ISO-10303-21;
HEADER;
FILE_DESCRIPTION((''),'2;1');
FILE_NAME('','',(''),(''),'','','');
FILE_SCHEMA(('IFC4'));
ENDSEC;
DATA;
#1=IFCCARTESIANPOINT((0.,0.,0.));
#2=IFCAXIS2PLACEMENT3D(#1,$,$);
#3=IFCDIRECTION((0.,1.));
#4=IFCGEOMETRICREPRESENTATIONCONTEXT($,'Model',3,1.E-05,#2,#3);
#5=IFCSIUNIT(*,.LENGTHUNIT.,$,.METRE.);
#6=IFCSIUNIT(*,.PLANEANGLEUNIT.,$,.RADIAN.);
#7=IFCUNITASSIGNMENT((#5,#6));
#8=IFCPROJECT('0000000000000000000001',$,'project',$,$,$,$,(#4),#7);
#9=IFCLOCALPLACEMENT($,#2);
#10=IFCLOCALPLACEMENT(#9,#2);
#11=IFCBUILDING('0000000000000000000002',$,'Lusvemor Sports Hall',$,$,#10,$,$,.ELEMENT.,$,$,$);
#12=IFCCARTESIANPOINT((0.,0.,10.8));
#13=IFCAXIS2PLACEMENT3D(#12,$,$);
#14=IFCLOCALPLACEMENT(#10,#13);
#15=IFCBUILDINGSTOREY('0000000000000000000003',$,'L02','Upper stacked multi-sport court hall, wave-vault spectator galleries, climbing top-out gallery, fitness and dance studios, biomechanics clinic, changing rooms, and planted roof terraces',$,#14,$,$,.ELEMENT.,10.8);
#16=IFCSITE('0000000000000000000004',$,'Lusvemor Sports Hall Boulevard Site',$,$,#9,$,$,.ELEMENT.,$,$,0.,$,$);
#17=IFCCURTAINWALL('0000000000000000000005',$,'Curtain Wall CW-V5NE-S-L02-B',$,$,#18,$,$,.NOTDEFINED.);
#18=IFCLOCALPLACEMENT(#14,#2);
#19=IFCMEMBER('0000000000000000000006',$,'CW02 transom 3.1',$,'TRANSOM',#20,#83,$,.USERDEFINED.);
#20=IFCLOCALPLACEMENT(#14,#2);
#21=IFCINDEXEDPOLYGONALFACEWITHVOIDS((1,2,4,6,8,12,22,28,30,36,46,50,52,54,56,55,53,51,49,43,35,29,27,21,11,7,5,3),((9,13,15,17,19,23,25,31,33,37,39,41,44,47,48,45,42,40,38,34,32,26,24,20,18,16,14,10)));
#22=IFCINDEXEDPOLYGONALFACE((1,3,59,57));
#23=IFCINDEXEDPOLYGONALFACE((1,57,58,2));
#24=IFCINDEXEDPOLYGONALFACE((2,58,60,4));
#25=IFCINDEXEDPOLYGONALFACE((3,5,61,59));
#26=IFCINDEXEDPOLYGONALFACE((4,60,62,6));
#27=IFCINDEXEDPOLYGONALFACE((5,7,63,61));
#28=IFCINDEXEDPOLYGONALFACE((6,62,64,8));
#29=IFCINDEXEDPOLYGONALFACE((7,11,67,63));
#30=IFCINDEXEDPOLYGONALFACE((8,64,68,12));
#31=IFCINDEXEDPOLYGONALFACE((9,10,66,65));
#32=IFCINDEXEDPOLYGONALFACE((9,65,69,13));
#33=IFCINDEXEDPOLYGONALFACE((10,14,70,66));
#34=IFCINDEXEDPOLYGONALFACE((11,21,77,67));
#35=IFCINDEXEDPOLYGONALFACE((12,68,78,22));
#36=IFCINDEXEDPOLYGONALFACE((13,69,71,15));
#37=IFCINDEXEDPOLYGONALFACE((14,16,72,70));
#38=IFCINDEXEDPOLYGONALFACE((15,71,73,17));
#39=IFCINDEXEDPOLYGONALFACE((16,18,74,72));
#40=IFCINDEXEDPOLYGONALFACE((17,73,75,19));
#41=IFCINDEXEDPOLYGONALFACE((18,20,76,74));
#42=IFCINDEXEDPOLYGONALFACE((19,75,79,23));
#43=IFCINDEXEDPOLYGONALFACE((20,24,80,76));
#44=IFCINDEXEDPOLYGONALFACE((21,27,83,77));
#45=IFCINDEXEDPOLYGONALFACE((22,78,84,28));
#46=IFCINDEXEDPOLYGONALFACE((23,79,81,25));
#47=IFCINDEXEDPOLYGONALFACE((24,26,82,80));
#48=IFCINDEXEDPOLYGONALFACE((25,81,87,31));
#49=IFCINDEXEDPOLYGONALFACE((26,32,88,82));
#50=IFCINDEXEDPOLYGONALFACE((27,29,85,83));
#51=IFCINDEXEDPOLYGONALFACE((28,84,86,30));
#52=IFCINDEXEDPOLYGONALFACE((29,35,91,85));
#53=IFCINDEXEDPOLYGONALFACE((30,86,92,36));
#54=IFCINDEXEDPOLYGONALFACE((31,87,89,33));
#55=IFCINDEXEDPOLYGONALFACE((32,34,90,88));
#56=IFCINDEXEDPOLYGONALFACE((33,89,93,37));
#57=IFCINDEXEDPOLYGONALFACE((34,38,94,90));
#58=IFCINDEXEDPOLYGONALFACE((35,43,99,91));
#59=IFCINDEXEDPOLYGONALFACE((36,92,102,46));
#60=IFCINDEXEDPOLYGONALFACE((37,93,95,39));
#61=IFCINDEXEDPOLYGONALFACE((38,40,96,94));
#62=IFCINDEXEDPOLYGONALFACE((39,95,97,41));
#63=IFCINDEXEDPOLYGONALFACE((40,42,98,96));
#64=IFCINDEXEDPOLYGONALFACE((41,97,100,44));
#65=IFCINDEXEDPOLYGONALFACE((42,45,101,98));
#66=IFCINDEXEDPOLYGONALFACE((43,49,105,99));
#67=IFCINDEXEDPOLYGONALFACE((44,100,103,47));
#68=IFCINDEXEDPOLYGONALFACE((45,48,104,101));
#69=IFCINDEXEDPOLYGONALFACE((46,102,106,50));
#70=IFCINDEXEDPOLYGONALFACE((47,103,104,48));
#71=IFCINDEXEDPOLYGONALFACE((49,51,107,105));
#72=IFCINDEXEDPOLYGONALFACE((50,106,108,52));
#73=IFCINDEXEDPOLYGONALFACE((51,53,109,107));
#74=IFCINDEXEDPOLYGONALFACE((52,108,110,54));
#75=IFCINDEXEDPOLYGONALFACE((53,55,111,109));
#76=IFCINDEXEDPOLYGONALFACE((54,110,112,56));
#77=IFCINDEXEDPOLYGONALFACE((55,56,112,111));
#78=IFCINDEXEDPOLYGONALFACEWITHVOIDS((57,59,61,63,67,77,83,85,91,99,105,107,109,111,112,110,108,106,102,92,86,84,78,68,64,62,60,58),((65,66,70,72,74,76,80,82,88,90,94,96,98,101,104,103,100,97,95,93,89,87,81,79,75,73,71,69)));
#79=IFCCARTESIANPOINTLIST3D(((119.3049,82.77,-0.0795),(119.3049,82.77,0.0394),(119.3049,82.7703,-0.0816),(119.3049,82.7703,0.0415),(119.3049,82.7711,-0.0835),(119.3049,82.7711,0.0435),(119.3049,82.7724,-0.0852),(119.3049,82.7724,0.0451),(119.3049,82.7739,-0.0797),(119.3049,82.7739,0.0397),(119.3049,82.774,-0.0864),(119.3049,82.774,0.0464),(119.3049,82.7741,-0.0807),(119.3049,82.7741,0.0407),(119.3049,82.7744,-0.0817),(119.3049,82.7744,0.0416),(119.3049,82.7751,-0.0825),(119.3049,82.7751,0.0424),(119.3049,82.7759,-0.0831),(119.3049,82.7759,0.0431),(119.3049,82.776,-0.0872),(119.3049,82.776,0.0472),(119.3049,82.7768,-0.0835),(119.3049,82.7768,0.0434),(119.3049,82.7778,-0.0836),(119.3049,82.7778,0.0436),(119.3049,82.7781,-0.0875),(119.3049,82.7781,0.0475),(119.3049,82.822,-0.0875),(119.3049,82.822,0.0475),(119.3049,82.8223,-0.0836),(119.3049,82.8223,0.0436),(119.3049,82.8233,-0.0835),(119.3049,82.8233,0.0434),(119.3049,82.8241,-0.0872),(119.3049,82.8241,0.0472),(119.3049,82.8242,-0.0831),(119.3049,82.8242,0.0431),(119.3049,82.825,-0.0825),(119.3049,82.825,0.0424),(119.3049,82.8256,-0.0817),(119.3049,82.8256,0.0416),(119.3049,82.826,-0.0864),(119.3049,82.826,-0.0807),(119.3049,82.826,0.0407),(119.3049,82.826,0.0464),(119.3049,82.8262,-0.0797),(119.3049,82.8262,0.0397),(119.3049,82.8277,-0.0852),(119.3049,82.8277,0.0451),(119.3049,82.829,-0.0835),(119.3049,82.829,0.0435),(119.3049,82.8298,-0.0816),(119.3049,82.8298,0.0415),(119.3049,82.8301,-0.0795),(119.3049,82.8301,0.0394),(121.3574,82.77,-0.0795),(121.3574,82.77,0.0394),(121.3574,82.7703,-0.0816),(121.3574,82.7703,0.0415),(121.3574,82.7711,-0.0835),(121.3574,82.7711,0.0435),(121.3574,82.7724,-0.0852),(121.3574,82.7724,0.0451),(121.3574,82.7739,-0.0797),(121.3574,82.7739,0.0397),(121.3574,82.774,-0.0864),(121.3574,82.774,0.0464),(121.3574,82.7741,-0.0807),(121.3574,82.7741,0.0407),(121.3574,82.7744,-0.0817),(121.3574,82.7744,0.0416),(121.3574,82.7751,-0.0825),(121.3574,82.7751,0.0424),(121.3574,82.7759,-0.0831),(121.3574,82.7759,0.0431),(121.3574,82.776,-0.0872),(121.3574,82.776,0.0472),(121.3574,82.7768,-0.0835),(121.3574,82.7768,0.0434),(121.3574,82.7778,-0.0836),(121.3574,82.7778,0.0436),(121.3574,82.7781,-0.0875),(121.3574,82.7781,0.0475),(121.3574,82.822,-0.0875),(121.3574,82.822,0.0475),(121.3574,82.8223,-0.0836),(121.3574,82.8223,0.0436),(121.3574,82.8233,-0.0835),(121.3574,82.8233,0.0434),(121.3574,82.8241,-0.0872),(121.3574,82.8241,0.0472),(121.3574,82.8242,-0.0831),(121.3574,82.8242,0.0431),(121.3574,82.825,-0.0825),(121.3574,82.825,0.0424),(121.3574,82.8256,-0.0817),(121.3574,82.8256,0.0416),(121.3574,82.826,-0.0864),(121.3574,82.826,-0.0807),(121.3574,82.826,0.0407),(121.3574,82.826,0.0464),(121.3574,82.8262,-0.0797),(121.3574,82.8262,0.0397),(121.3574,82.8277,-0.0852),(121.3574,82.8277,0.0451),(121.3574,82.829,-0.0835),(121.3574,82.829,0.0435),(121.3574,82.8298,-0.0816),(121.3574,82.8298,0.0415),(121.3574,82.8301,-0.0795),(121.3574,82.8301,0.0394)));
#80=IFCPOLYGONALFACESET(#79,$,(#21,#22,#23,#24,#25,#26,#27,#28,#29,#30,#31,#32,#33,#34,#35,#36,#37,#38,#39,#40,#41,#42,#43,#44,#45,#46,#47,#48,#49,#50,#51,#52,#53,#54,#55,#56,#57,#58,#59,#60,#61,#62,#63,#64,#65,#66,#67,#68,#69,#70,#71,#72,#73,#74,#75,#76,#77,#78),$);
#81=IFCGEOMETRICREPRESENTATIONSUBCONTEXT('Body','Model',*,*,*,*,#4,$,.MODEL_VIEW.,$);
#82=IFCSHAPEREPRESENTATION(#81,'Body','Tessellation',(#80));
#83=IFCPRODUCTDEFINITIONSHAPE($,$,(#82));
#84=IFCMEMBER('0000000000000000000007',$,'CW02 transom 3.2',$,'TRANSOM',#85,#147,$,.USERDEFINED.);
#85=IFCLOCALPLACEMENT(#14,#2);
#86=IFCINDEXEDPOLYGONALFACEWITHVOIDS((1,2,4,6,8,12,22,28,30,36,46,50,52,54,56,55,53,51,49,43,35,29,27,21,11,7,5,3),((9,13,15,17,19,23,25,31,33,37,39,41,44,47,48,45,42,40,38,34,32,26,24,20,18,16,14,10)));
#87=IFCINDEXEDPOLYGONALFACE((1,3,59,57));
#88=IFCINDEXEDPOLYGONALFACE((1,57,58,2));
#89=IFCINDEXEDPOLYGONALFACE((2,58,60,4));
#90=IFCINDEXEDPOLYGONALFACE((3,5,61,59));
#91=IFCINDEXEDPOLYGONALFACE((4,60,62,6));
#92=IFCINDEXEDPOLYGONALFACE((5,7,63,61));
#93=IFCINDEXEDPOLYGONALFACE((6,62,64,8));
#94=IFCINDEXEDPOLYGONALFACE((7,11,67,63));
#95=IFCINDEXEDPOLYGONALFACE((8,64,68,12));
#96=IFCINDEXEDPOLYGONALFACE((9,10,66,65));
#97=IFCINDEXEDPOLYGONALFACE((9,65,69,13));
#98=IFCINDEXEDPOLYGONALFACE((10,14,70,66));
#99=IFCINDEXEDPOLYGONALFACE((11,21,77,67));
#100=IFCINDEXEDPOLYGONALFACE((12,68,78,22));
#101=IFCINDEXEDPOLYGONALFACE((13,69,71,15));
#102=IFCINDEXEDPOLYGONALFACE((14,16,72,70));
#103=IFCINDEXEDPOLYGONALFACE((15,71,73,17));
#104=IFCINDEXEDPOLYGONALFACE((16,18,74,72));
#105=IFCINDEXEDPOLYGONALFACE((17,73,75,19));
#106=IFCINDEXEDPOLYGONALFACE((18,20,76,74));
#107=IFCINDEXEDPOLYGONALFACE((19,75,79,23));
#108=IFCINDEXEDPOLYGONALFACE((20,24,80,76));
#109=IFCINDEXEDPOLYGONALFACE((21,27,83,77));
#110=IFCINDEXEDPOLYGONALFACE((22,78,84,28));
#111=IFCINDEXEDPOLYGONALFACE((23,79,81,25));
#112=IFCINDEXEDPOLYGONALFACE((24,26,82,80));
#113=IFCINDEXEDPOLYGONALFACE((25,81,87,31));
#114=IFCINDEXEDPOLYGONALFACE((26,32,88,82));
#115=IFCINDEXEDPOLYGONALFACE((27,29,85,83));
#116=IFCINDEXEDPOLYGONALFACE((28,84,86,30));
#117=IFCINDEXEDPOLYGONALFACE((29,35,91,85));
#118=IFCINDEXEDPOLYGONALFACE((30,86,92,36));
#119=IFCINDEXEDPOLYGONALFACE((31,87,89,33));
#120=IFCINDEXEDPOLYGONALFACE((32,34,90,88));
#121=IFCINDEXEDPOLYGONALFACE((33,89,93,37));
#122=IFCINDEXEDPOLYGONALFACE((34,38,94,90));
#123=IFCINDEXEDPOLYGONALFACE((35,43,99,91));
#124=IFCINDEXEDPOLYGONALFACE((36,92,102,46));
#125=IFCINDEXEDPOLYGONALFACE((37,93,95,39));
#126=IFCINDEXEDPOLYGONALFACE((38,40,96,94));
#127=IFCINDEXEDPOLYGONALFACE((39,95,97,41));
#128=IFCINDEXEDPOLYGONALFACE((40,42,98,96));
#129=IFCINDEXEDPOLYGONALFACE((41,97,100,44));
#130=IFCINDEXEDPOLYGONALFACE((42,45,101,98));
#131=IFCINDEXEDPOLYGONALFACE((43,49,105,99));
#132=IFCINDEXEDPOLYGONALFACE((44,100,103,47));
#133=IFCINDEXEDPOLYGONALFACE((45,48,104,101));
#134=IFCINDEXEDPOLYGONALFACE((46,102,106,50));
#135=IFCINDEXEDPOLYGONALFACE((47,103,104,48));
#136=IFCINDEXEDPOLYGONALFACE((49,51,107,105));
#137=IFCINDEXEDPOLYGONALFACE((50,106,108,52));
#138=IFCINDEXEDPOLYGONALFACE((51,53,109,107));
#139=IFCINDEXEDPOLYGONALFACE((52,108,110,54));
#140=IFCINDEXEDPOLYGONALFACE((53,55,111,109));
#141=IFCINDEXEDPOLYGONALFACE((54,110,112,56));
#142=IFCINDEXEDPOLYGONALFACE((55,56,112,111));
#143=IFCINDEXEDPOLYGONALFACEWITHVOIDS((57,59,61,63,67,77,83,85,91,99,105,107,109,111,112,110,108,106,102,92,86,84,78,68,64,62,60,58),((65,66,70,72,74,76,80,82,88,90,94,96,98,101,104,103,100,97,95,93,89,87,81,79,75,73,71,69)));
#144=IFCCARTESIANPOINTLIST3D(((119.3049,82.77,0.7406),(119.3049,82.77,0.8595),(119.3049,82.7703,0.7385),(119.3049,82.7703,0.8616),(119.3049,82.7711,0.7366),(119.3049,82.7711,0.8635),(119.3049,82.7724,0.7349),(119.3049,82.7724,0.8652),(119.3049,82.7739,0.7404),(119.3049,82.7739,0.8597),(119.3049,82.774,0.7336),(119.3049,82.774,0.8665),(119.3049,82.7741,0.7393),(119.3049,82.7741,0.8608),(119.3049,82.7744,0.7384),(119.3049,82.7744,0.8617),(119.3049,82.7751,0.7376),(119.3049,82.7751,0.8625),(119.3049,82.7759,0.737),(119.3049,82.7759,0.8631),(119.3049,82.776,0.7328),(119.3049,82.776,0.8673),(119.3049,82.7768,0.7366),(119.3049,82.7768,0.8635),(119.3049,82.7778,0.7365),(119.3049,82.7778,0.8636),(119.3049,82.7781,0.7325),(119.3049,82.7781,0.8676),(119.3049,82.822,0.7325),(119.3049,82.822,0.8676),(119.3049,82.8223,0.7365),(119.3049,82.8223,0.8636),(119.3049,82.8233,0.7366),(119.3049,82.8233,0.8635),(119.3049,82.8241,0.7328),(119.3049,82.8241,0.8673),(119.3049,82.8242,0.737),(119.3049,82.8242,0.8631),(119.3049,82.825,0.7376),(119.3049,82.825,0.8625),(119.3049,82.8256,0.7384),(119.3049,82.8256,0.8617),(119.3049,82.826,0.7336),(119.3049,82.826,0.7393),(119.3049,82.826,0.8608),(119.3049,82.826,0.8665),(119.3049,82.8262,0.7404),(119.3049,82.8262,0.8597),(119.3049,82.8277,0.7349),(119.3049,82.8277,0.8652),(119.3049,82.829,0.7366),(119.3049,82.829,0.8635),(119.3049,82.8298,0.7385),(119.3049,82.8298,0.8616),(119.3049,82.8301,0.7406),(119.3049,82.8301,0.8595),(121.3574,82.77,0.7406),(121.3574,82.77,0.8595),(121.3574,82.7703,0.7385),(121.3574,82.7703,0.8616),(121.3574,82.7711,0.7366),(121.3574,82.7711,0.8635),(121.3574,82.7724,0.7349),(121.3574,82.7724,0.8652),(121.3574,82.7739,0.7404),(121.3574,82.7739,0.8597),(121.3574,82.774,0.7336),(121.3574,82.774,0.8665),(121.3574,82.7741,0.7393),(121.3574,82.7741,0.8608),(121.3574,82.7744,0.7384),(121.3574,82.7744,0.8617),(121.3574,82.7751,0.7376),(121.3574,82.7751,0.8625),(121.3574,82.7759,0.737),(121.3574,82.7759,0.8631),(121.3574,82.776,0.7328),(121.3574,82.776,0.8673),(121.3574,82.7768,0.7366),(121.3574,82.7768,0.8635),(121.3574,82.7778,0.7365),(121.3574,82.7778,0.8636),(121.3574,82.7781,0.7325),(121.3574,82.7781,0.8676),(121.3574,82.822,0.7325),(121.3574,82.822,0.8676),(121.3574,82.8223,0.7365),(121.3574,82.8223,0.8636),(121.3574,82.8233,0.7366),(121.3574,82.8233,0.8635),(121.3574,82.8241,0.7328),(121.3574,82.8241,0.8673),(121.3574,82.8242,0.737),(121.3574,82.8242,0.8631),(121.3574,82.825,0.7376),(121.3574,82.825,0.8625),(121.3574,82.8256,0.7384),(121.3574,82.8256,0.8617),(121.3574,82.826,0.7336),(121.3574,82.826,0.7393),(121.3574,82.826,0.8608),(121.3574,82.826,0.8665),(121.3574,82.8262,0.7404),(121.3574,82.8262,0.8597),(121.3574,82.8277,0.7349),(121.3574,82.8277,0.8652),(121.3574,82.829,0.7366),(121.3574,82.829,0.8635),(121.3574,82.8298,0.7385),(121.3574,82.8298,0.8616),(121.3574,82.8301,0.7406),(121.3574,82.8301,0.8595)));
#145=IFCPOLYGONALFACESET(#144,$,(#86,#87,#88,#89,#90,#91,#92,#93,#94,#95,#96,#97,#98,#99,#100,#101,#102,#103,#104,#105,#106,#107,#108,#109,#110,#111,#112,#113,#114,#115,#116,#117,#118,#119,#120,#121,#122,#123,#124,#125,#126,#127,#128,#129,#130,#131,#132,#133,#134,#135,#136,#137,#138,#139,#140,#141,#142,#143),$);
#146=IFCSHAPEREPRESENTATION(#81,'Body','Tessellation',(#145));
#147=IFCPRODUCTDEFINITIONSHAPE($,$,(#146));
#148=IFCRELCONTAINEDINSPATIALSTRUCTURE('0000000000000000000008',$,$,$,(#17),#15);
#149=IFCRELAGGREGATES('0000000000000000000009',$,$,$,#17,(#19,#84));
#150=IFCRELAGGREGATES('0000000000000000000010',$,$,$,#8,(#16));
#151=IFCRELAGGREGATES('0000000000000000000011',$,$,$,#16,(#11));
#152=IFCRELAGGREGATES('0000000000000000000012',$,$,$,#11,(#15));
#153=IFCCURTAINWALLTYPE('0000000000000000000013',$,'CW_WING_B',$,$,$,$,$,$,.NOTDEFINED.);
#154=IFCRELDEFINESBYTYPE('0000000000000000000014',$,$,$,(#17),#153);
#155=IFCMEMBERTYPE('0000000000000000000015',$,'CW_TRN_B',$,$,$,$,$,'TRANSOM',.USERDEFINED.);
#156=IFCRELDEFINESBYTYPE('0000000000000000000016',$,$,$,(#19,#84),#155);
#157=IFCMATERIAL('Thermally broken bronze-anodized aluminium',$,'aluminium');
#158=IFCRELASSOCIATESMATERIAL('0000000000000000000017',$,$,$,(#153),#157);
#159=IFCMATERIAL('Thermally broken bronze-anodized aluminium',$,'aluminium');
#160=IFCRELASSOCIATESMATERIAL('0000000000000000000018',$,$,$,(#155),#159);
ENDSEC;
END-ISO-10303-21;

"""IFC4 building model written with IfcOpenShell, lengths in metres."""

from ifc_helpers import new_model, si_unit, direction, frame, origin, origin_2d, place, context, subcontext, project, spatial, hollow_rectangle, extrude, material, material_profile, profile_set, type_object, element, aggregate, save


model = new_model("IFC4")

# Units and contexts
model_context = context("Model", 3, precision=1e-05, world=origin(), true_north=direction((0.0, 1.0)))
body_context = subcontext(model_context, "Body", "Model", "MODEL_VIEW")
ifc_project = project(units=[si_unit("LENGTHUNIT", "METRE"), si_unit("PLANEANGLEUNIT", "RADIAN")], contexts=[model_context])

# Site, building, storey
site_placement = place(None, origin())
site = spatial("IfcSite", under=ifc_project, at=site_placement, Name="Lusvemor Sports Hall Boulevard Site", CompositionType="ELEMENT", RefElevation=0.0)
building_placement = place(site_placement, origin())
building = spatial("IfcBuilding", under=site, at=building_placement, Name="Lusvemor Sports Hall", CompositionType="ELEMENT")
storey_placement = place(building_placement, frame((0.0, 0.0, 10.8)))
storey = spatial("IfcBuildingStorey", under=building, at=storey_placement, Name="L02", Description="Upper stacked multi-sport court hall, wave-vault spectator galleries, climbing top-out gallery, fitness and dance studios, biomechanics clinic, changing rooms, and planted roof terraces", CompositionType="ELEMENT", Elevation=10.8)

# Curtain wall, members
ifc_material_1 = material(Name="Thermally broken bronze-anodized aluminium", Category="aluminium")
curtain_wall_type = type_object("IfcCurtainWallType", Name="CW_WING_B", PredefinedType="NOTDEFINED", material=ifc_material_1)
curtain_wall_placement = place(storey_placement, origin())
curtain_wall = element("IfcCurtainWall", 1, at=curtain_wall_placement, inside=storey, type_object=curtain_wall_type, Name="Curtain Wall CW-V5NE-S-L02-B", PredefinedType="NOTDEFINED")
ifc_material_2 = material(Name="Thermally broken bronze-anodized aluminium", Category="aluminium")
ifc_material_profile_1 = material_profile(ifc_material_2, hollow_rectangle(XDim=0.0601, YDim=0.135, WallThickness=0.0039, InnerFilletRadius=0.0039, OuterFilletRadius=0.0081, at=origin_2d()), Name="CWTRN135x60x4")
ifc_profile_set_1 = profile_set([ifc_material_profile_1], Name="Thermally broken bronze-anodized aluminium")
member_type_1 = type_object("IfcMemberType", Name="CW_TRN_B", ElementType="TRANSOM", PredefinedType="USERDEFINED", material=ifc_profile_set_1)
member_1_placement = place(storey_placement, frame((121.3574, 82.8, -0.02), z_axis=(-1.0, 0.0, 0.0), x_axis=(0.0, -1.0, 0.0)))
member_1 = element("IfcMember", 2, at=member_1_placement, type_object=member_type_1, Name="CW02 transom 3.1", ObjectType="TRANSOM", PredefinedType="USERDEFINED", context=body_context, shape_type="SweptSolid", body=[
    extrude(hollow_rectangle(XDim=0.0601, YDim=0.135, WallThickness=0.0039, InnerFilletRadius=0.0039, OuterFilletRadius=0.0081, at=origin_2d()), origin(), (0.0, 0.0, 1.0), 2.0525),
])
member_2_placement = place(storey_placement, frame((121.3574, 82.8, 0.8), z_axis=(-1.0, 0.0, 0.0), x_axis=(0.0, -1.0, 0.0)))
member_2 = element("IfcMember", 3, at=member_2_placement, type_object=member_type_1, Name="CW02 transom 3.2", ObjectType="TRANSOM", PredefinedType="USERDEFINED", context=body_context, shape_type="SweptSolid", body=[
    extrude(hollow_rectangle(XDim=0.0601, YDim=0.135, WallThickness=0.0039, InnerFilletRadius=0.0039, OuterFilletRadius=0.0081, at=origin_2d()), origin(), (0.0, 0.0, 1.0), 2.0525),
])
aggregate(curtain_wall, [member_1, member_2])

save(model, "model.ifc")
